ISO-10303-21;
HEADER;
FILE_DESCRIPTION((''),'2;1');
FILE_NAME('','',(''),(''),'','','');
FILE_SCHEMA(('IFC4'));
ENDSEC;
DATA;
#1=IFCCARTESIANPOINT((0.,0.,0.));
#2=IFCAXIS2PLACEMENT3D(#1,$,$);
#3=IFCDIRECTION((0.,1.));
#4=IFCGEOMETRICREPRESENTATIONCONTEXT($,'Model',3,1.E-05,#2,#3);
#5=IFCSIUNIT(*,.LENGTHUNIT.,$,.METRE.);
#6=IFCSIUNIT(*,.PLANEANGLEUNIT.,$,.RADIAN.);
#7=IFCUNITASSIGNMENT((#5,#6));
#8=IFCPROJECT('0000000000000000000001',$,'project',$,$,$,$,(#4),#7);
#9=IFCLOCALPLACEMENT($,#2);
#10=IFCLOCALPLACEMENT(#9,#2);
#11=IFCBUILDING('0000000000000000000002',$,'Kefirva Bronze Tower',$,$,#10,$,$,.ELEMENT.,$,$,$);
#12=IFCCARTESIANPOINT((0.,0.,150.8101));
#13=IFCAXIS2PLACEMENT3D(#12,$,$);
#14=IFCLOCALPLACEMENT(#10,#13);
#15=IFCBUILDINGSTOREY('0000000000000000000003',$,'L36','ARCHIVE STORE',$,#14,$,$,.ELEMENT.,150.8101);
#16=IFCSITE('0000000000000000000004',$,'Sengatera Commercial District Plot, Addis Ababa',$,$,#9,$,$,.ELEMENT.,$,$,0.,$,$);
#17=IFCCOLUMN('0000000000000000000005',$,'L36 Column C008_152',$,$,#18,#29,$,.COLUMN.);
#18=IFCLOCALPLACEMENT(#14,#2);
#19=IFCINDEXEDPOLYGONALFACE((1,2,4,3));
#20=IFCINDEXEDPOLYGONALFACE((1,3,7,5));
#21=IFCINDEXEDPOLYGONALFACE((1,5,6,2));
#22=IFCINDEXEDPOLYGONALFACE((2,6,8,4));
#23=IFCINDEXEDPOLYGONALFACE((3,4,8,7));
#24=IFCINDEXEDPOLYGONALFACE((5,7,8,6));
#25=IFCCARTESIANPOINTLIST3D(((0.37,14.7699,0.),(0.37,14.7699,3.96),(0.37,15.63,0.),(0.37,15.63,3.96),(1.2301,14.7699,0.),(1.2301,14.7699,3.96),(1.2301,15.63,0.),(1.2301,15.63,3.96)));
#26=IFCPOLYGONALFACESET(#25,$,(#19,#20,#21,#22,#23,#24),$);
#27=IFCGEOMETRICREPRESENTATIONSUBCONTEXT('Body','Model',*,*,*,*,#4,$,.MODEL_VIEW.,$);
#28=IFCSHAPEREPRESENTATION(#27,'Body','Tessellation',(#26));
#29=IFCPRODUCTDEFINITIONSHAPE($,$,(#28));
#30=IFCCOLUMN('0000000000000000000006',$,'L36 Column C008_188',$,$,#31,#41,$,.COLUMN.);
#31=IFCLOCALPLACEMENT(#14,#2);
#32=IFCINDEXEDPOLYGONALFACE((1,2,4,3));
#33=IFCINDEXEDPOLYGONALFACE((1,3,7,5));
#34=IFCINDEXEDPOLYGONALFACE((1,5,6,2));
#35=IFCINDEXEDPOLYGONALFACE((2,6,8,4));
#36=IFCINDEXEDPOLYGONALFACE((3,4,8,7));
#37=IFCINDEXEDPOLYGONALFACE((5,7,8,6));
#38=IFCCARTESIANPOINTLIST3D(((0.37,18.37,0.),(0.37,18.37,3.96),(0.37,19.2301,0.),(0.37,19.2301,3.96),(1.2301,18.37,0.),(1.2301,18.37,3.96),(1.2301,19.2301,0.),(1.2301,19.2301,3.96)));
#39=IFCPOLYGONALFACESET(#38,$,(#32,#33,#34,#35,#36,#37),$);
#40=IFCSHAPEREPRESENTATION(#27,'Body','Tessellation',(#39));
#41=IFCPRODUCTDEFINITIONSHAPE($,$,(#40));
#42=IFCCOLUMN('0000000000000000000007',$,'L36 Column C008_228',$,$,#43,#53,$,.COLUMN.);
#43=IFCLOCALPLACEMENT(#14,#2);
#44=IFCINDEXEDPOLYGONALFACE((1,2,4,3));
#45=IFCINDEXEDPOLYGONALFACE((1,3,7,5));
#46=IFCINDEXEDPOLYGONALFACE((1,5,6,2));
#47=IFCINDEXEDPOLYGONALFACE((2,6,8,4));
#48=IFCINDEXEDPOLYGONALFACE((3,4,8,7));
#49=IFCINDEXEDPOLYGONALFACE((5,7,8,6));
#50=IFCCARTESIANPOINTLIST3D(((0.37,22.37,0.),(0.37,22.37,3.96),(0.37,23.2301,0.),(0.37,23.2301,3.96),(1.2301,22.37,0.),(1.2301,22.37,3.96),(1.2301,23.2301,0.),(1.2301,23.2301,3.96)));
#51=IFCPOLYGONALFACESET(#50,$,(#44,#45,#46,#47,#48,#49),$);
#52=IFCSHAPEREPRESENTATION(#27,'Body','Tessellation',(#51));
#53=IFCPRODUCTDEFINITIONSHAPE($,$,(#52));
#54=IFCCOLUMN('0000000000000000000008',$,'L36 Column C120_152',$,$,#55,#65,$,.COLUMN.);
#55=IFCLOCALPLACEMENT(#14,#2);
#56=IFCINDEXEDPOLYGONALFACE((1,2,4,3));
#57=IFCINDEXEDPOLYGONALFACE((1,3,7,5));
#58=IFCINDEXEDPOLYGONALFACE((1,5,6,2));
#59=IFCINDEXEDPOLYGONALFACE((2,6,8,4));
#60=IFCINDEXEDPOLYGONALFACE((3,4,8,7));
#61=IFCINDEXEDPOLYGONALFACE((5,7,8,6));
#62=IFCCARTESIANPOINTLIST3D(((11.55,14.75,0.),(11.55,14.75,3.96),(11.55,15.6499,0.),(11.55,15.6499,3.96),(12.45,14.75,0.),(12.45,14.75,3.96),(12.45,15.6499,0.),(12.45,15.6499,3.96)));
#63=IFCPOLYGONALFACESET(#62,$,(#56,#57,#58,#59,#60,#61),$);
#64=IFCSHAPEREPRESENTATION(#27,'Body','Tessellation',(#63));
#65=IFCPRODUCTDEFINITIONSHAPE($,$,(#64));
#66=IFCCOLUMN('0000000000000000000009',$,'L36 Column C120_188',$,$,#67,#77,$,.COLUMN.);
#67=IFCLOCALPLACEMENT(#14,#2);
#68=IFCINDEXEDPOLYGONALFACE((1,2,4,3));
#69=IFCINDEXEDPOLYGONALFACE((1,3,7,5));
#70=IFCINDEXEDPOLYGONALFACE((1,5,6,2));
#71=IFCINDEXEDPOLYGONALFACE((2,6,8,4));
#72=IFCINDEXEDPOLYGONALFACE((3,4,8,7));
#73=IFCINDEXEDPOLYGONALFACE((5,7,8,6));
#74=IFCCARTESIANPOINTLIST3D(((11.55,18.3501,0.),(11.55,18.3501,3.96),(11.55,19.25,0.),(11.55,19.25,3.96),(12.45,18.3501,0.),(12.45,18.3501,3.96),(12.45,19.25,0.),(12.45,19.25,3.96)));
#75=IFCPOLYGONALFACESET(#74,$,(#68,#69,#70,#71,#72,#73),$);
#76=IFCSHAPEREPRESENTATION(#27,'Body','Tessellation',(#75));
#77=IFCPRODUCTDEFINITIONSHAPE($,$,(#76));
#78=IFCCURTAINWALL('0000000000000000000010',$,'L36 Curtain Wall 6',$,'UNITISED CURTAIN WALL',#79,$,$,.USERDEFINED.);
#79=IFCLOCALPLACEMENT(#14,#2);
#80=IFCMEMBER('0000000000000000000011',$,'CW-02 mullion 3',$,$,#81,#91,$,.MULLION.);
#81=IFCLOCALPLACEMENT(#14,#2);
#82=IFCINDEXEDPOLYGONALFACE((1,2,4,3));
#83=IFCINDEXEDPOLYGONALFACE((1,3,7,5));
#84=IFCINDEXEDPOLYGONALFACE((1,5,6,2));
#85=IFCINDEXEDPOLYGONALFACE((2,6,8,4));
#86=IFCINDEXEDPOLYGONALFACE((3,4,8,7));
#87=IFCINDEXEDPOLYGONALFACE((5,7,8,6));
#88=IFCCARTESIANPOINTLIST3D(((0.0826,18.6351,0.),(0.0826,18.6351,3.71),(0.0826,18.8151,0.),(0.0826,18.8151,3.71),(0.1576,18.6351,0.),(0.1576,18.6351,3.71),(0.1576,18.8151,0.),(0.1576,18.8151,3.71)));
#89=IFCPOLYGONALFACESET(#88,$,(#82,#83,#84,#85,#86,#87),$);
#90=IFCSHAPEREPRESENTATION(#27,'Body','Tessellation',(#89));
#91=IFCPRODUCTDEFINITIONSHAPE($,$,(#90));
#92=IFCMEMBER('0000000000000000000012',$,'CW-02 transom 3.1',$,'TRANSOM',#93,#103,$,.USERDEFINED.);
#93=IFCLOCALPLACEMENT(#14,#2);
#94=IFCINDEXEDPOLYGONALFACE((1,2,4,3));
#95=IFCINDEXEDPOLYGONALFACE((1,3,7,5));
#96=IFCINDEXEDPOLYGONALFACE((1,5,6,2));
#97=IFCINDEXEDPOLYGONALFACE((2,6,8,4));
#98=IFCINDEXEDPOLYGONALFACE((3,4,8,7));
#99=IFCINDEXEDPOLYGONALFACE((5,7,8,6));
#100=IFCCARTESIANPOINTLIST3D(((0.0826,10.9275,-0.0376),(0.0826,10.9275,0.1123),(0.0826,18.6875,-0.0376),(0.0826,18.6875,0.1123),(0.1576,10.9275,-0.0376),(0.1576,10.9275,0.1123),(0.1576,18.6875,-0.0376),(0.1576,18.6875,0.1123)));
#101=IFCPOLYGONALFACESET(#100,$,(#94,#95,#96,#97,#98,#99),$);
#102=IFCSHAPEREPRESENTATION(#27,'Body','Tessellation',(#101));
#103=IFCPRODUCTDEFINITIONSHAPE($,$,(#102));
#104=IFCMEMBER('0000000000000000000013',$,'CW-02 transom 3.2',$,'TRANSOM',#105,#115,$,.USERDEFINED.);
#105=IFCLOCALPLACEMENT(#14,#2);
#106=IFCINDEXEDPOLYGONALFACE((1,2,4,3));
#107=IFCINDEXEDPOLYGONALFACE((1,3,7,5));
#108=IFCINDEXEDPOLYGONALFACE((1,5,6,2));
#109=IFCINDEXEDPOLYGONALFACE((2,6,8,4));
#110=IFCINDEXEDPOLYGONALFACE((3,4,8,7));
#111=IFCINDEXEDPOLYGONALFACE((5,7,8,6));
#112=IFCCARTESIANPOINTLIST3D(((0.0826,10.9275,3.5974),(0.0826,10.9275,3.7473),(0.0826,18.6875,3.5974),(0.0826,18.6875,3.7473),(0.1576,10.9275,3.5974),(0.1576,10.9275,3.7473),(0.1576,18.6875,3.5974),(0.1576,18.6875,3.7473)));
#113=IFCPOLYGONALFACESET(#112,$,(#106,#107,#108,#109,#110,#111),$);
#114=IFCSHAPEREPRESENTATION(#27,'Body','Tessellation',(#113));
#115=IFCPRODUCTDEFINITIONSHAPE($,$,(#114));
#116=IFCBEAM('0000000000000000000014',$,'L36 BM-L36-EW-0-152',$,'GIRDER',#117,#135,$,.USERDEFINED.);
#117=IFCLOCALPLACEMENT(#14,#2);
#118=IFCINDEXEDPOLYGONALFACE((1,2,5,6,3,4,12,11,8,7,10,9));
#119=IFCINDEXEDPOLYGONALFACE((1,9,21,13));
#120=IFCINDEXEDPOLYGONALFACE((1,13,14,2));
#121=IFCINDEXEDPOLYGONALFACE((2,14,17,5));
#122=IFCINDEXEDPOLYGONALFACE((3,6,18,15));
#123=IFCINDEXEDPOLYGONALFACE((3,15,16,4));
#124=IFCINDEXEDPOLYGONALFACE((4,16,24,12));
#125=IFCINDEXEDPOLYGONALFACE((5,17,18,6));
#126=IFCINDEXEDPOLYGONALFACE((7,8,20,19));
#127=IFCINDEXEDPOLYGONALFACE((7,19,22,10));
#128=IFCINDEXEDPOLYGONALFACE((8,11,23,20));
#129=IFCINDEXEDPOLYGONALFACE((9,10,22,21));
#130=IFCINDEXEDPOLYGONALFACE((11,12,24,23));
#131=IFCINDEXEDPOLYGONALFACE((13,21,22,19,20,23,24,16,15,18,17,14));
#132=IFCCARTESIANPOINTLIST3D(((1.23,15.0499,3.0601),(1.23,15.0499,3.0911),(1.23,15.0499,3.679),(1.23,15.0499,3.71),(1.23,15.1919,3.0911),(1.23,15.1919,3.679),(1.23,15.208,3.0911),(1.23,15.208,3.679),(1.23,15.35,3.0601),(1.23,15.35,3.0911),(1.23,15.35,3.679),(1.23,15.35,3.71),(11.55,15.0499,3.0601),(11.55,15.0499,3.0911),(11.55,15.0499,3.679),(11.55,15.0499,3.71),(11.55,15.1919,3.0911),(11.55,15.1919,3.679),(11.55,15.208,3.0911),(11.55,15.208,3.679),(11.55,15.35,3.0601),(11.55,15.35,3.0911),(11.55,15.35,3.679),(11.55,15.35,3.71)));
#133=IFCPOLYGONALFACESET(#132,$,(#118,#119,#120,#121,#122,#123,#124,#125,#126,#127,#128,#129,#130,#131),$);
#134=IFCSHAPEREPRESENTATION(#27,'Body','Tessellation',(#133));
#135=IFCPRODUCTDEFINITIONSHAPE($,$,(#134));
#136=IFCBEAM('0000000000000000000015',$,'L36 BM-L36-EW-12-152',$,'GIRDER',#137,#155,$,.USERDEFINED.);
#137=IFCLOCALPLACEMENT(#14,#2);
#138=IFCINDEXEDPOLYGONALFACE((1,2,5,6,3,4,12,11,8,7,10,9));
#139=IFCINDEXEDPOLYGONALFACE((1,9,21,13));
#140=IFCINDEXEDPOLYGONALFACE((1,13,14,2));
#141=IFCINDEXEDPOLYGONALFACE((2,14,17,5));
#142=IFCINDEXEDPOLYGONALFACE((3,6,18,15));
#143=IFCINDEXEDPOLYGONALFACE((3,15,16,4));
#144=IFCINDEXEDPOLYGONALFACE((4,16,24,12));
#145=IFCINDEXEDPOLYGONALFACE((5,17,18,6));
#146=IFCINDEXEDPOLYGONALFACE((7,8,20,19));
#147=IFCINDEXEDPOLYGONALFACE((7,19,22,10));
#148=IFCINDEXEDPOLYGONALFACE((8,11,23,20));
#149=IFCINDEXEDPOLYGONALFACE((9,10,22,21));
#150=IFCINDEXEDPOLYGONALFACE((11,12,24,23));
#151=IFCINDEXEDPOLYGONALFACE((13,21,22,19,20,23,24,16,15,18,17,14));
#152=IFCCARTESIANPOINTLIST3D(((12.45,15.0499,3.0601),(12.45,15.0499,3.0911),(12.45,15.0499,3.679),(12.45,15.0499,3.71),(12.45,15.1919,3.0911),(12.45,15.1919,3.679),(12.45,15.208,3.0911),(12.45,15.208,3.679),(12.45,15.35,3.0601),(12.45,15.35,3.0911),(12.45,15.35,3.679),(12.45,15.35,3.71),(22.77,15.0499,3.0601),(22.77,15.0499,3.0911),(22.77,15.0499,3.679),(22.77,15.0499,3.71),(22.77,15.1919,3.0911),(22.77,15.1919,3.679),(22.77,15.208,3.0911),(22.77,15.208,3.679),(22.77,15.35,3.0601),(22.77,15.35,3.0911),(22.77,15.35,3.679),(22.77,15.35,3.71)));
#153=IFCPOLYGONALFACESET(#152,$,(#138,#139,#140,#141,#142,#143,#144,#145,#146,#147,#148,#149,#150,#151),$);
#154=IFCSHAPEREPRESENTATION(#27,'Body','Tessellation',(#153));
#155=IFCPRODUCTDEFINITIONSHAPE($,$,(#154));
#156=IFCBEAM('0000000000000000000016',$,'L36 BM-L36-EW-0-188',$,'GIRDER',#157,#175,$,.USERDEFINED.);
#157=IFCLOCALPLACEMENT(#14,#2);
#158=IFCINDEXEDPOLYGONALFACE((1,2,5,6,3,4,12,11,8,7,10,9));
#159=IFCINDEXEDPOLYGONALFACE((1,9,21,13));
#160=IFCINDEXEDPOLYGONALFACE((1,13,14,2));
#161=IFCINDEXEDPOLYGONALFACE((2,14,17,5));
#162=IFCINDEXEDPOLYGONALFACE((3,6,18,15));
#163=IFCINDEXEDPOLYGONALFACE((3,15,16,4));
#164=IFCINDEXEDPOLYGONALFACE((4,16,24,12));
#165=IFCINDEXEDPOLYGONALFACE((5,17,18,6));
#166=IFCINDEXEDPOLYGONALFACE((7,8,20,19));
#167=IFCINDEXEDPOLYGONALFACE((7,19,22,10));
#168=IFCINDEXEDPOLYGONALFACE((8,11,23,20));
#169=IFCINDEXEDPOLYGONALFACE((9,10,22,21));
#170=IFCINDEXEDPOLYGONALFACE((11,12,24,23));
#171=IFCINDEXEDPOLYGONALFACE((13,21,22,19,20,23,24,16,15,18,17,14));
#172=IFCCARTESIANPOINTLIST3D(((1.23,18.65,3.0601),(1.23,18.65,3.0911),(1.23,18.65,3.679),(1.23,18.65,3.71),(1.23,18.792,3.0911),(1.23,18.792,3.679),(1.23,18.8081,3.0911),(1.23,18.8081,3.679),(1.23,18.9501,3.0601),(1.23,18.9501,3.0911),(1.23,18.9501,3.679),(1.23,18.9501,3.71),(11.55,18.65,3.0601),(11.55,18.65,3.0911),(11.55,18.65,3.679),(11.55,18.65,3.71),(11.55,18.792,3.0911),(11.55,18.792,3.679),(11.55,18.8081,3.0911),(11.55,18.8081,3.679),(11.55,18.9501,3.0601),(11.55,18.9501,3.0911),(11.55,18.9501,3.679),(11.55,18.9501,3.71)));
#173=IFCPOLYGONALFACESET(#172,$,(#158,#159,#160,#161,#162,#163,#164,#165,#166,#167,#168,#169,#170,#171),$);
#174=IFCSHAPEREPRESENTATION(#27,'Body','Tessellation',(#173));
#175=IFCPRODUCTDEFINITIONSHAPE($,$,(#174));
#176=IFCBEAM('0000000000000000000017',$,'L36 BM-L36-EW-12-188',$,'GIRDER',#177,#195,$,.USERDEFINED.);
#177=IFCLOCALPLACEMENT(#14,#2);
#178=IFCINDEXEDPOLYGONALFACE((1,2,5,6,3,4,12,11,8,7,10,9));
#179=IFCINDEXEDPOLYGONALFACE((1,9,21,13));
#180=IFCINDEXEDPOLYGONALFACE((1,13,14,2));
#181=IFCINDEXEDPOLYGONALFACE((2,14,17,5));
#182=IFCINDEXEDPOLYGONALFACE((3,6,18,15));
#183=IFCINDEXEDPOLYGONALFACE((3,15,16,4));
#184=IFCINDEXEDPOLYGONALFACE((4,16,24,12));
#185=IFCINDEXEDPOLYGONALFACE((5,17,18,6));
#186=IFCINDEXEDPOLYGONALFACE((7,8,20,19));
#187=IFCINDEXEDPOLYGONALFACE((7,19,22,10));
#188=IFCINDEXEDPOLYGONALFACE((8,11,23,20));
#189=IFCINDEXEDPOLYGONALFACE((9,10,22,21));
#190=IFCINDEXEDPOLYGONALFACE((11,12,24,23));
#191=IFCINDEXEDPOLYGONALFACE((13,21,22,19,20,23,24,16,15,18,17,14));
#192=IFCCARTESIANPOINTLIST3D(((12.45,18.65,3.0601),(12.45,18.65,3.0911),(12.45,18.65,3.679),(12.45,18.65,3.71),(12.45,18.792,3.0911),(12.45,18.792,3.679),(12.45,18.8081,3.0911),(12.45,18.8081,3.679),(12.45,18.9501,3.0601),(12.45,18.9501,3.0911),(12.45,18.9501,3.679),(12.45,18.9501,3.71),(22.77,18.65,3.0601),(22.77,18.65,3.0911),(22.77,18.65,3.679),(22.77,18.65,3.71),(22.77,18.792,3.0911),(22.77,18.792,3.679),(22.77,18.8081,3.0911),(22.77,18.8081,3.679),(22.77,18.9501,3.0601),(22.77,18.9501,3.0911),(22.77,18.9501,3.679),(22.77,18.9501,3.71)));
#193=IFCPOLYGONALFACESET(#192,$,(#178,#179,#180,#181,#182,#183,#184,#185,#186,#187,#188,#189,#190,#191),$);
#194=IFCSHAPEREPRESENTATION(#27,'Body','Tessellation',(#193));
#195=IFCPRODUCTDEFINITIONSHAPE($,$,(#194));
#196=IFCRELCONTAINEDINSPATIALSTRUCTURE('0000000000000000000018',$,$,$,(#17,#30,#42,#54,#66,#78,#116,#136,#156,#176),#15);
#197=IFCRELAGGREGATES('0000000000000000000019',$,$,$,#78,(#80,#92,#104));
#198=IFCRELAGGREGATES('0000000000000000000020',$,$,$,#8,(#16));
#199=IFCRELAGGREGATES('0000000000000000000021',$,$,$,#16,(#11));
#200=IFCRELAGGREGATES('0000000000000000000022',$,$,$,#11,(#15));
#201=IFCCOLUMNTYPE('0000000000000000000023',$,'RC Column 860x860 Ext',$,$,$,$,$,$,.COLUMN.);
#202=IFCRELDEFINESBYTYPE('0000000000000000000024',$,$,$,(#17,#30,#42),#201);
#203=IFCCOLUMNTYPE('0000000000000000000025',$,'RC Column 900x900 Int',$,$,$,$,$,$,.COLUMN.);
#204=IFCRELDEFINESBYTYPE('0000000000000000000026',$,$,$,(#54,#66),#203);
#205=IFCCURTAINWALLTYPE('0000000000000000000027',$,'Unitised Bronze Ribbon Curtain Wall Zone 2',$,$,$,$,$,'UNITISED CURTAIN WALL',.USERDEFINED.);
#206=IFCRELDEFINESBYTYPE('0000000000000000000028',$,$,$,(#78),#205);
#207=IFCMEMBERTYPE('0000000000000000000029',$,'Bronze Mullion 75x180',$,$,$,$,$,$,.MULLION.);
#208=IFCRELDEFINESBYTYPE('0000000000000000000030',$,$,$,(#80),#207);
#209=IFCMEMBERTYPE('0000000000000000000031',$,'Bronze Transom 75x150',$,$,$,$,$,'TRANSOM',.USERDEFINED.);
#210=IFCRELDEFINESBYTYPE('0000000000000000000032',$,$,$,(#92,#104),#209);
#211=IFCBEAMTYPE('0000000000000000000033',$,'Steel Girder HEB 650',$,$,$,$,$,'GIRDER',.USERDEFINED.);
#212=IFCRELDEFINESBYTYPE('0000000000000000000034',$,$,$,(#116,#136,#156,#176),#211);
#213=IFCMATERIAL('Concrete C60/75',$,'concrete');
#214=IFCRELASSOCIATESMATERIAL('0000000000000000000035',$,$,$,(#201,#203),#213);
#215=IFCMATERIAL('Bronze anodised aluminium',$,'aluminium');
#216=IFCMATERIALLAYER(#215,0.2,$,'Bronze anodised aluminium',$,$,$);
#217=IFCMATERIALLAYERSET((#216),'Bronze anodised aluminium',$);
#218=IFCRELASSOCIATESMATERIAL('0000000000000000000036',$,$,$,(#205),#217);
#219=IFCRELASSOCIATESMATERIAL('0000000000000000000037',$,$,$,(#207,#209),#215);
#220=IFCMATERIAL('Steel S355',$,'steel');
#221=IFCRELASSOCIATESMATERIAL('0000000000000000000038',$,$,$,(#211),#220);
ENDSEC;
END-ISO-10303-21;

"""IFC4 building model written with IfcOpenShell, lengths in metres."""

from ifc_helpers import new_model, si_unit, direction, frame, origin, origin_2d, place, context, subcontext, project, spatial, rectangle, i_section, extrude, material, layer, layer_set, material_profile, profile_set, type_object, element, aggregate, save


model = new_model("IFC4")

# Units and contexts
model_context = context("Model", 3, precision=1e-05, world=origin(), true_north=direction((0.0, 1.0)))
body_context = subcontext(model_context, "Body", "Model", "MODEL_VIEW")
ifc_project = project(units=[si_unit("LENGTHUNIT", "METRE"), si_unit("PLANEANGLEUNIT", "RADIAN")], contexts=[model_context])

# Site, building, storey
site_placement = place(None, origin())
site = spatial("IfcSite", under=ifc_project, at=site_placement, Name="Sengatera Commercial District Plot, Addis Ababa", CompositionType="ELEMENT", RefElevation=0.0)
building_placement = place(site_placement, origin())
building = spatial("IfcBuilding", under=site, at=building_placement, Name="Kefirva Bronze Tower", CompositionType="ELEMENT")
storey_placement = place(building_placement, frame((0.0, 0.0, 150.8101)))
storey = spatial("IfcBuildingStorey", under=building, at=storey_placement, Name="L36", Description="ARCHIVE STORE", CompositionType="ELEMENT", Elevation=150.8101)

# Columns
ifc_material_1 = material(Name="Concrete C60/75", Category="concrete")
ifc_material_profile_1 = material_profile(ifc_material_1, rectangle(XDim=0.8601, YDim=0.8601, at=origin_2d()), Name="RC 860x860")
ifc_profile_set_1 = profile_set([ifc_material_profile_1], Name="Concrete C60/75")
column_type_1 = type_object("IfcColumnType", Name="RC Column 860x860 Ext", PredefinedType="COLUMN", material=ifc_profile_set_1)
for number, where, z_axis, x_axis, name in (
    (1, (0.8, 15.2, 0.0), (0.0, 0.0, 1.0), (1.0, 0.0, 0.0), "L36 Column C008_152"),
    (2, (0.8, 18.8, 0.0), (0.0, 0.0, 1.0), (1.0, 0.0, 0.0), "L36 Column C008_188"),
    (3, (0.8, 22.8, 0.0), (0.0, 0.0, 1.0), (1.0, 0.0, 0.0), "L36 Column C008_228"),
):
    element("IfcColumn", number, at=place(storey_placement, frame(where, z_axis=z_axis, x_axis=x_axis)), inside=storey, type_object=column_type_1, Name=name, PredefinedType="COLUMN", context=body_context, shape_type="SweptSolid", body=[
        extrude(rectangle(XDim=0.8601, YDim=0.8601, at=origin_2d()), origin(), (0.0, 0.0, 1.0), 3.96),
    ])
ifc_material_profile_2 = material_profile(ifc_material_1, rectangle(XDim=0.8999, YDim=0.8999, at=origin_2d()), Name="RC 900x900")
ifc_profile_set_2 = profile_set([ifc_material_profile_2], Name="Concrete C60/75")
column_type_2 = type_object("IfcColumnType", Name="RC Column 900x900 Int", PredefinedType="COLUMN", material=ifc_profile_set_2)
for number, where, z_axis, x_axis, name in (
    (4, (12.0, 15.2, 0.0), (0.0, 0.0, 1.0), (1.0, 0.0, 0.0), "L36 Column C120_152"),
    (5, (12.0, 18.8, 0.0), (0.0, 0.0, 1.0), (1.0, 0.0, 0.0), "L36 Column C120_188"),
):
    element("IfcColumn", number, at=place(storey_placement, frame(where, z_axis=z_axis, x_axis=x_axis)), inside=storey, type_object=column_type_2, Name=name, PredefinedType="COLUMN", context=body_context, shape_type="SweptSolid", body=[
        extrude(rectangle(XDim=0.8999, YDim=0.8999, at=origin_2d()), origin(), (0.0, 0.0, 1.0), 3.96),
    ])

# Curtain wall, members
ifc_material_2 = material(Name="Bronze anodised aluminium", Category="aluminium")
ifc_layer_1 = layer(ifc_material_2, 0.2, Name="Bronze anodised aluminium")
ifc_layer_set_1 = layer_set([ifc_layer_1], Name="Bronze anodised aluminium")
curtain_wall_type = type_object("IfcCurtainWallType", Name="Unitised Bronze Ribbon Curtain Wall Zone 2", ElementType="UNITISED CURTAIN WALL", PredefinedType="USERDEFINED", material=ifc_layer_set_1)
curtain_wall_placement = place(storey_placement, origin())
curtain_wall = element("IfcCurtainWall", 6, at=curtain_wall_placement, inside=storey, type_object=curtain_wall_type, Name="L36 Curtain Wall 6", ObjectType="UNITISED CURTAIN WALL", PredefinedType="USERDEFINED")
ifc_material_profile_3 = material_profile(ifc_material_2, rectangle(XDim=0.075, YDim=0.1799, at=origin_2d()), Name="ALU 75x180")
ifc_profile_set_3 = profile_set([ifc_material_profile_3], Name="Bronze anodised aluminium")
member_type_1 = type_object("IfcMemberType", Name="Bronze Mullion 75x180", PredefinedType="MULLION", material=ifc_profile_set_3)
member_1_placement = place(storey_placement, frame((0.1201, 18.7251, 0.0), z_axis=(0.0, 0.0, 1.0), x_axis=(1.0, 0.0, 0.0)))
member_1 = element("IfcMember", 7, at=member_1_placement, type_object=member_type_1, Name="CW-02 mullion 3", PredefinedType="MULLION", context=body_context, shape_type="SweptSolid", body=[
    extrude(rectangle(XDim=0.075, YDim=0.1799, at=origin_2d()), origin(), (0.0, 0.0, 1.0), 3.71),
])
ifc_material_profile_4 = material_profile(ifc_material_2, rectangle(XDim=0.075, YDim=0.1499, at=origin_2d()), Name="ALU 75x150")
ifc_profile_set_4 = profile_set([ifc_material_profile_4], Name="Bronze anodised aluminium")
member_type_2 = type_object("IfcMemberType", Name="Bronze Transom 75x150", ElementType="TRANSOM", PredefinedType="USERDEFINED", material=ifc_profile_set_4)
member_2_placement = place(storey_placement, frame((0.1201, 18.6875, 0.0374), z_axis=(0.0, -1.0, 0.0), x_axis=(1.0, 0.0, 0.0)))
member_2 = element("IfcMember", 8, at=member_2_placement, type_object=member_type_2, Name="CW-02 transom 3.1", ObjectType="TRANSOM", PredefinedType="USERDEFINED", context=body_context, shape_type="SweptSolid", body=[
    extrude(rectangle(XDim=0.075, YDim=0.1499, at=origin_2d()), origin(), (0.0, 0.0, 1.0), 7.76),
])
member_3_placement = place(storey_placement, frame((0.1201, 18.6875, 3.6724), z_axis=(0.0, -1.0, 0.0), x_axis=(1.0, 0.0, 0.0)))
member_3 = element("IfcMember", 9, at=member_3_placement, type_object=member_type_2, Name="CW-02 transom 3.2", ObjectType="TRANSOM", PredefinedType="USERDEFINED", context=body_context, shape_type="SweptSolid", body=[
    extrude(rectangle(XDim=0.075, YDim=0.1499, at=origin_2d()), origin(), (0.0, 0.0, 1.0), 7.76),
])

# Beams
ifc_material_3 = material(Name="Steel S355", Category="steel")
ifc_material_profile_5 = material_profile(ifc_material_3, i_section(OverallWidth=0.3, OverallDepth=0.6499, WebThickness=0.0161, FlangeThickness=0.031, at=origin_2d()), Name="HEB 650")
ifc_profile_set_5 = profile_set([ifc_material_profile_5], Name="Steel S355")
beam_type_1 = type_object("IfcBeamType", Name="Steel Girder HEB 650", ElementType="GIRDER", PredefinedType="USERDEFINED", material=ifc_profile_set_5)
for number, where, z_axis, x_axis, name in (
    (10, (1.23, 15.2, 3.385), (1.0, 0.0, 0.0), (0.0, 1.0, 0.0), "L36 BM-L36-EW-0-152"),
    (11, (12.45, 15.2, 3.385), (1.0, 0.0, 0.0), (0.0, 1.0, 0.0), "L36 BM-L36-EW-12-152"),
    (12, (1.23, 18.8, 3.385), (1.0, 0.0, 0.0), (0.0, 1.0, 0.0), "L36 BM-L36-EW-0-188"),
    (13, (12.45, 18.8, 3.385), (1.0, 0.0, 0.0), (0.0, 1.0, 0.0), "L36 BM-L36-EW-12-188"),
):
    element("IfcBeam", number, at=place(storey_placement, frame(where, z_axis=z_axis, x_axis=x_axis)), inside=storey, type_object=beam_type_1, Name=name, ObjectType="GIRDER", PredefinedType="USERDEFINED", context=body_context, shape_type="SweptSolid", body=[
        extrude(i_section(OverallWidth=0.3, OverallDepth=0.6499, WebThickness=0.0161, FlangeThickness=0.031, at=origin_2d()), origin(), (0.0, 0.0, 1.0), 10.3201),
    ])

aggregate(curtain_wall, [member_1, member_2, member_3])

save(model, "model.ifc")
